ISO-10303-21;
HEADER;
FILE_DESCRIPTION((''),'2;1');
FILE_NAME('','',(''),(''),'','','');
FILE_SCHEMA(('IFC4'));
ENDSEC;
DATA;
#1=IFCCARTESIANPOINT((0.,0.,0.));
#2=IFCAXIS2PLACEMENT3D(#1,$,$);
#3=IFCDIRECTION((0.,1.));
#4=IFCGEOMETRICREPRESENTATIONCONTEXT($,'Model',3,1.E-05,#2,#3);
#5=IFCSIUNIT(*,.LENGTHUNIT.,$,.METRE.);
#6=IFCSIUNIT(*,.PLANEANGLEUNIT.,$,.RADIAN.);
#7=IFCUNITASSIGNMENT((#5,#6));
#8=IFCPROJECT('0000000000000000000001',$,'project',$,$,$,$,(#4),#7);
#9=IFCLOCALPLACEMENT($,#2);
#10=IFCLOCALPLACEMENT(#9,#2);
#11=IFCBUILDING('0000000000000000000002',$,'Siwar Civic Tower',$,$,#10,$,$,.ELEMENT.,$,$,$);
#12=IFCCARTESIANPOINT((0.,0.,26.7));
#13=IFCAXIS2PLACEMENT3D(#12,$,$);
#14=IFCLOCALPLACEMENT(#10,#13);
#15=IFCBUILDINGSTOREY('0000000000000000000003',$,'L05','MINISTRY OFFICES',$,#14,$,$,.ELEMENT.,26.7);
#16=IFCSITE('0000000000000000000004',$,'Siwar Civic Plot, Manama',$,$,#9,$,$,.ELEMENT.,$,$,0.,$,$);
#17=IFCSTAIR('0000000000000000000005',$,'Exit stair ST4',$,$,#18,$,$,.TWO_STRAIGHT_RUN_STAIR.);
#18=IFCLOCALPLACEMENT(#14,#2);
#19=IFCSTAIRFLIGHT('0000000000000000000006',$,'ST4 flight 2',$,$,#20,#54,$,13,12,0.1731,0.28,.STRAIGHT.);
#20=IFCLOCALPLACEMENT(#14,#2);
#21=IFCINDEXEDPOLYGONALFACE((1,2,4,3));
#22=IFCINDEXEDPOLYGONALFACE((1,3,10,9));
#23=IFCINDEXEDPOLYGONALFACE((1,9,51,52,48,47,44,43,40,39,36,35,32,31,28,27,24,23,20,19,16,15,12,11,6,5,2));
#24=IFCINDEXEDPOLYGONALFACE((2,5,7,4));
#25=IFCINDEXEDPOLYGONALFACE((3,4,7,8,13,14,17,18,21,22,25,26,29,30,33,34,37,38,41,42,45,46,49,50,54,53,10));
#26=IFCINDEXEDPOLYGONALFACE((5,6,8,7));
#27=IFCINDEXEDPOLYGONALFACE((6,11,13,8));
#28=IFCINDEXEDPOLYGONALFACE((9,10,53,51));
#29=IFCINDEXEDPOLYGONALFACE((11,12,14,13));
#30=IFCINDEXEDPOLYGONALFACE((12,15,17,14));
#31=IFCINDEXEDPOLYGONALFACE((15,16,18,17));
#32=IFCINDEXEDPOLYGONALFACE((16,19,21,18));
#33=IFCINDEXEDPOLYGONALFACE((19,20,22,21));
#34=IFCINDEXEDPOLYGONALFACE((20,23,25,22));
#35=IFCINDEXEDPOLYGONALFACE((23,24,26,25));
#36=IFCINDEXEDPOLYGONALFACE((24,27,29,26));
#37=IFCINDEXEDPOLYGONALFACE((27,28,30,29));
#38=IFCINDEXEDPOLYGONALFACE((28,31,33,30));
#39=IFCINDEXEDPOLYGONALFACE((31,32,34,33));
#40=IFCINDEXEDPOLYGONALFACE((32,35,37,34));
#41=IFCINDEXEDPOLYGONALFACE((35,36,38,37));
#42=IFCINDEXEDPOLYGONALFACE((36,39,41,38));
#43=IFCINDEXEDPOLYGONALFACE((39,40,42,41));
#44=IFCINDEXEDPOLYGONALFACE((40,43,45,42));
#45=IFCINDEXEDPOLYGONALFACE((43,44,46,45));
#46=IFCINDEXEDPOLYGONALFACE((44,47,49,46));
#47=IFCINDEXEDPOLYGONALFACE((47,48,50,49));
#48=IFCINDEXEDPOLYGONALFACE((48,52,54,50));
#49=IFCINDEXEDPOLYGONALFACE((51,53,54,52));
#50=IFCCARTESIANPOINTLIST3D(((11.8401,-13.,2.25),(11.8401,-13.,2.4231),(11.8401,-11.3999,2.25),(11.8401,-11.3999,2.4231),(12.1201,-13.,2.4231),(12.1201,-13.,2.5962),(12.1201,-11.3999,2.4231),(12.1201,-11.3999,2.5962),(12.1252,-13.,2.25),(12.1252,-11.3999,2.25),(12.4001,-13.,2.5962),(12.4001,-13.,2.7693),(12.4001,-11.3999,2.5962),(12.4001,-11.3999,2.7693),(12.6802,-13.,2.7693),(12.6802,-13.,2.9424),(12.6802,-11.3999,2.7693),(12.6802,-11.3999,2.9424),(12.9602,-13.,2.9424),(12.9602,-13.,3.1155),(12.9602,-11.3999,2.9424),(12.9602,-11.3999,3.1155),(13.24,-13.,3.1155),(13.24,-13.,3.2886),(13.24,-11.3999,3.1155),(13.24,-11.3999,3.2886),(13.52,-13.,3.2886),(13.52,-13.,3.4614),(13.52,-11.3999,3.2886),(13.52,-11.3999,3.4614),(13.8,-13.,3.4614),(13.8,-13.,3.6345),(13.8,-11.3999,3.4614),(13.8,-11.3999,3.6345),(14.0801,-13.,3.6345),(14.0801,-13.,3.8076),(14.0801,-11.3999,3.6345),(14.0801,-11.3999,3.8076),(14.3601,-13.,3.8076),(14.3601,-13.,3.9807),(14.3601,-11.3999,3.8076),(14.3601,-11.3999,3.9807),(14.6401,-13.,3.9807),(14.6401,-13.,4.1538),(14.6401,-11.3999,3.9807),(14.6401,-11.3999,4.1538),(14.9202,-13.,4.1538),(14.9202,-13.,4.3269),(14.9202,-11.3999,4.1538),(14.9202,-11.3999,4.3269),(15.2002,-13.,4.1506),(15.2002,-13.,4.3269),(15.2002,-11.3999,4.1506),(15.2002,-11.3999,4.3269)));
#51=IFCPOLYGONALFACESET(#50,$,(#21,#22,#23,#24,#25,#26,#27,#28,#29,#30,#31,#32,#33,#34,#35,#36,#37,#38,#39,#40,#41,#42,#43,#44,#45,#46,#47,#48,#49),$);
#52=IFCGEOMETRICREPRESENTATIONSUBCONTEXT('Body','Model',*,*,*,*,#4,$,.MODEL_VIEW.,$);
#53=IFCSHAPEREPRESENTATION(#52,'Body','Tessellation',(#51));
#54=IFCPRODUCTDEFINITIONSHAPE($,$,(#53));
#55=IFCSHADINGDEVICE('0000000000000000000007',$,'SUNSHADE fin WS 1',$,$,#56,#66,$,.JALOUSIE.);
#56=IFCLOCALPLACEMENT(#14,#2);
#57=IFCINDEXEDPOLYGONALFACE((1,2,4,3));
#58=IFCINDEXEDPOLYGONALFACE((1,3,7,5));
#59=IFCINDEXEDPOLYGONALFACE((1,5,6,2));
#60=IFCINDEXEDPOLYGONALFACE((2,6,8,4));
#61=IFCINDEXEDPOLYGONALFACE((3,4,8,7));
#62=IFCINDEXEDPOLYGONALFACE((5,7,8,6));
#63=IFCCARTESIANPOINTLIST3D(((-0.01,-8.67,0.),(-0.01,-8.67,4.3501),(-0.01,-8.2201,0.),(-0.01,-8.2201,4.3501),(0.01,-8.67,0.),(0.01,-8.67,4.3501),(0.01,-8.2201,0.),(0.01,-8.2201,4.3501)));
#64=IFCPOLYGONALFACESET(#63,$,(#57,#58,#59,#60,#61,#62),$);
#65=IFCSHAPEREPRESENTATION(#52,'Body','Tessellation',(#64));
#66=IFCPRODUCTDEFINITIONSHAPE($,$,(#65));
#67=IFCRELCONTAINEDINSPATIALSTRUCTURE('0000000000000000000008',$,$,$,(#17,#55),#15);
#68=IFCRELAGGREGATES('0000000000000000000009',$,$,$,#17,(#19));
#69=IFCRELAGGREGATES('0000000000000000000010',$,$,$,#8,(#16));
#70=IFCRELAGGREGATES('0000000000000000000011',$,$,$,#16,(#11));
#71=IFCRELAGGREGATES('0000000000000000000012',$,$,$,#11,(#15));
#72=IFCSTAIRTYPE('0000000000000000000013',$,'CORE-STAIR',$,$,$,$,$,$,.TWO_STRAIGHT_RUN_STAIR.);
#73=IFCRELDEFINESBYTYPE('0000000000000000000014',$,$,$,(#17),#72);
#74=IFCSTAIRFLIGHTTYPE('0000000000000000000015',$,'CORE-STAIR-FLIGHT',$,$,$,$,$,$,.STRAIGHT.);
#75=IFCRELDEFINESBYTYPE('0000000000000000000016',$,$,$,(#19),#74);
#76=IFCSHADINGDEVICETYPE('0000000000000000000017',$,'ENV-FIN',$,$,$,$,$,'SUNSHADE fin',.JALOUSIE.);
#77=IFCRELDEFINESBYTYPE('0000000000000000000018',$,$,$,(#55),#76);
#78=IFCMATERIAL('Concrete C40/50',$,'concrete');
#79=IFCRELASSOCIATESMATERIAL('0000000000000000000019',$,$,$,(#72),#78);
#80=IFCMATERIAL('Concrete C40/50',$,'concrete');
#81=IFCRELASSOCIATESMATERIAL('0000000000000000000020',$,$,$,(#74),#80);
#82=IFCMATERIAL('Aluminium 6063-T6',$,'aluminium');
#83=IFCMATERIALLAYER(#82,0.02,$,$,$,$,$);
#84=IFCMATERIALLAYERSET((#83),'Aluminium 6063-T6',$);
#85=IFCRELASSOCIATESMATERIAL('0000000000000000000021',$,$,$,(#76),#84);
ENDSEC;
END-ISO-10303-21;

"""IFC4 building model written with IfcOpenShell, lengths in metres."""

from ifc_helpers import new_model, si_unit, direction, frame, origin, origin_2d, place, context, subcontext, project, spatial, polyline, rectangle, outline, extrude, material, layer, layer_set, type_object, element, aggregate, save


model = new_model("IFC4")

# Units and contexts
model_context = context("Model", 3, precision=1e-05, world=origin(), true_north=direction((0.0, 1.0)))
body_context = subcontext(model_context, "Body", "Model", "MODEL_VIEW")
ifc_project = project(units=[si_unit("LENGTHUNIT", "METRE"), si_unit("PLANEANGLEUNIT", "RADIAN")], contexts=[model_context])

# Site, building, storey
site_placement = place(None, origin())
site = spatial("IfcSite", under=ifc_project, at=site_placement, Name="Siwar Civic Plot, Manama", CompositionType="ELEMENT", RefElevation=0.0)
building_placement = place(site_placement, origin())
building = spatial("IfcBuilding", under=site, at=building_placement, Name="Siwar Civic Tower", CompositionType="ELEMENT")
storey_placement = place(building_placement, frame((0.0, 0.0, 26.7)))
storey = spatial("IfcBuildingStorey", under=building, at=storey_placement, Name="L05", Description="MINISTRY OFFICES", CompositionType="ELEMENT", Elevation=26.7)

# Stair, stair flight
ifc_material_1 = material(Name="Concrete C40/50", Category="concrete")
stair_type = type_object("IfcStairType", Name="CORE-STAIR", PredefinedType="TWO_STRAIGHT_RUN_STAIR", material=ifc_material_1)
stair_placement = place(storey_placement, origin())
stair = element("IfcStair", 1, at=stair_placement, inside=storey, type_object=stair_type, Name="Exit stair ST4", PredefinedType="TWO_STRAIGHT_RUN_STAIR")
ifc_material_2 = material(Name="Concrete C40/50", Category="concrete")
stair_flight_type = type_object("IfcStairFlightType", Name="CORE-STAIR-FLIGHT", PredefinedType="STRAIGHT", material=ifc_material_2)
stair_flight_placement = place(storey_placement, frame((11.8401, -12.2, 2.25), z_axis=(0.0, 0.0, 1.0), x_axis=(1.0, 0.0, 0.0)))
stair_flight = element("IfcStairFlight", 2, at=stair_flight_placement, type_object=stair_flight_type, Name="ST4 flight 2", NumberOfRisers=13, NumberOfTreads=12, PredefinedType="STRAIGHT", RiserHeight=0.1731, TreadLength=0.28, context=body_context, shape_type="SweptSolid", body=[
    extrude(outline(polyline([(0.0, 0.0), (0.0, 0.1731), (0.28, 0.1731), (0.28, 0.3462), (0.5601, 0.3462), (0.5601, 0.5193), (0.8401, 0.5193), (0.8401, 0.6924), (1.1201, 0.6924), (1.1201, 0.8655), (1.3999, 0.8655), (1.3999, 1.0386), (1.6799, 1.0386), (1.6799, 1.2114), (1.96, 1.2114), (1.96, 1.3845), (2.24, 1.3845), (2.24, 1.5576), (2.52, 1.5576), (2.52, 1.7307), (2.8, 1.7307), (2.8, 1.9038), (3.0801, 1.9038), (3.0801, 2.0769), (3.3601, 2.0769), (3.3601, 2.25), (3.3601, 1.9006), (0.2852, 0.0), (0.0, 0.0)])), frame((0.0, 0.8, 0.0), z_axis=(0.0, -1.0, 0.0), x_axis=(1.0, 0.0, 0.0)), (0.0, 0.0, 1.0), 1.6001),
])
aggregate(stair, [stair_flight])

# Shading device
ifc_material_3 = material(Name="Aluminium 6063-T6", Category="aluminium")
ifc_layer_1 = layer(ifc_material_3, 0.02)
ifc_layer_set_1 = layer_set([ifc_layer_1], Name="Aluminium 6063-T6")
shading_device_type = type_object("IfcShadingDeviceType", Name="ENV-FIN", ElementType="SUNSHADE fin", PredefinedType="JALOUSIE", material=ifc_layer_set_1)
shading_device_placement = place(storey_placement, frame((0.0, -8.4451, 0.0), z_axis=(0.0, 0.0, 1.0), x_axis=(1.0, 0.0, 0.0)))
element("IfcShadingDevice", 3, at=shading_device_placement, inside=storey, type_object=shading_device_type, Name="SUNSHADE fin WS 1", PredefinedType="JALOUSIE", context=body_context, shape_type="SweptSolid", body=[
    extrude(rectangle(XDim=0.02, YDim=0.45, at=origin_2d()), origin(), (0.0, 0.0, 1.0), 4.3501),
])

save(model, "model.ifc")
